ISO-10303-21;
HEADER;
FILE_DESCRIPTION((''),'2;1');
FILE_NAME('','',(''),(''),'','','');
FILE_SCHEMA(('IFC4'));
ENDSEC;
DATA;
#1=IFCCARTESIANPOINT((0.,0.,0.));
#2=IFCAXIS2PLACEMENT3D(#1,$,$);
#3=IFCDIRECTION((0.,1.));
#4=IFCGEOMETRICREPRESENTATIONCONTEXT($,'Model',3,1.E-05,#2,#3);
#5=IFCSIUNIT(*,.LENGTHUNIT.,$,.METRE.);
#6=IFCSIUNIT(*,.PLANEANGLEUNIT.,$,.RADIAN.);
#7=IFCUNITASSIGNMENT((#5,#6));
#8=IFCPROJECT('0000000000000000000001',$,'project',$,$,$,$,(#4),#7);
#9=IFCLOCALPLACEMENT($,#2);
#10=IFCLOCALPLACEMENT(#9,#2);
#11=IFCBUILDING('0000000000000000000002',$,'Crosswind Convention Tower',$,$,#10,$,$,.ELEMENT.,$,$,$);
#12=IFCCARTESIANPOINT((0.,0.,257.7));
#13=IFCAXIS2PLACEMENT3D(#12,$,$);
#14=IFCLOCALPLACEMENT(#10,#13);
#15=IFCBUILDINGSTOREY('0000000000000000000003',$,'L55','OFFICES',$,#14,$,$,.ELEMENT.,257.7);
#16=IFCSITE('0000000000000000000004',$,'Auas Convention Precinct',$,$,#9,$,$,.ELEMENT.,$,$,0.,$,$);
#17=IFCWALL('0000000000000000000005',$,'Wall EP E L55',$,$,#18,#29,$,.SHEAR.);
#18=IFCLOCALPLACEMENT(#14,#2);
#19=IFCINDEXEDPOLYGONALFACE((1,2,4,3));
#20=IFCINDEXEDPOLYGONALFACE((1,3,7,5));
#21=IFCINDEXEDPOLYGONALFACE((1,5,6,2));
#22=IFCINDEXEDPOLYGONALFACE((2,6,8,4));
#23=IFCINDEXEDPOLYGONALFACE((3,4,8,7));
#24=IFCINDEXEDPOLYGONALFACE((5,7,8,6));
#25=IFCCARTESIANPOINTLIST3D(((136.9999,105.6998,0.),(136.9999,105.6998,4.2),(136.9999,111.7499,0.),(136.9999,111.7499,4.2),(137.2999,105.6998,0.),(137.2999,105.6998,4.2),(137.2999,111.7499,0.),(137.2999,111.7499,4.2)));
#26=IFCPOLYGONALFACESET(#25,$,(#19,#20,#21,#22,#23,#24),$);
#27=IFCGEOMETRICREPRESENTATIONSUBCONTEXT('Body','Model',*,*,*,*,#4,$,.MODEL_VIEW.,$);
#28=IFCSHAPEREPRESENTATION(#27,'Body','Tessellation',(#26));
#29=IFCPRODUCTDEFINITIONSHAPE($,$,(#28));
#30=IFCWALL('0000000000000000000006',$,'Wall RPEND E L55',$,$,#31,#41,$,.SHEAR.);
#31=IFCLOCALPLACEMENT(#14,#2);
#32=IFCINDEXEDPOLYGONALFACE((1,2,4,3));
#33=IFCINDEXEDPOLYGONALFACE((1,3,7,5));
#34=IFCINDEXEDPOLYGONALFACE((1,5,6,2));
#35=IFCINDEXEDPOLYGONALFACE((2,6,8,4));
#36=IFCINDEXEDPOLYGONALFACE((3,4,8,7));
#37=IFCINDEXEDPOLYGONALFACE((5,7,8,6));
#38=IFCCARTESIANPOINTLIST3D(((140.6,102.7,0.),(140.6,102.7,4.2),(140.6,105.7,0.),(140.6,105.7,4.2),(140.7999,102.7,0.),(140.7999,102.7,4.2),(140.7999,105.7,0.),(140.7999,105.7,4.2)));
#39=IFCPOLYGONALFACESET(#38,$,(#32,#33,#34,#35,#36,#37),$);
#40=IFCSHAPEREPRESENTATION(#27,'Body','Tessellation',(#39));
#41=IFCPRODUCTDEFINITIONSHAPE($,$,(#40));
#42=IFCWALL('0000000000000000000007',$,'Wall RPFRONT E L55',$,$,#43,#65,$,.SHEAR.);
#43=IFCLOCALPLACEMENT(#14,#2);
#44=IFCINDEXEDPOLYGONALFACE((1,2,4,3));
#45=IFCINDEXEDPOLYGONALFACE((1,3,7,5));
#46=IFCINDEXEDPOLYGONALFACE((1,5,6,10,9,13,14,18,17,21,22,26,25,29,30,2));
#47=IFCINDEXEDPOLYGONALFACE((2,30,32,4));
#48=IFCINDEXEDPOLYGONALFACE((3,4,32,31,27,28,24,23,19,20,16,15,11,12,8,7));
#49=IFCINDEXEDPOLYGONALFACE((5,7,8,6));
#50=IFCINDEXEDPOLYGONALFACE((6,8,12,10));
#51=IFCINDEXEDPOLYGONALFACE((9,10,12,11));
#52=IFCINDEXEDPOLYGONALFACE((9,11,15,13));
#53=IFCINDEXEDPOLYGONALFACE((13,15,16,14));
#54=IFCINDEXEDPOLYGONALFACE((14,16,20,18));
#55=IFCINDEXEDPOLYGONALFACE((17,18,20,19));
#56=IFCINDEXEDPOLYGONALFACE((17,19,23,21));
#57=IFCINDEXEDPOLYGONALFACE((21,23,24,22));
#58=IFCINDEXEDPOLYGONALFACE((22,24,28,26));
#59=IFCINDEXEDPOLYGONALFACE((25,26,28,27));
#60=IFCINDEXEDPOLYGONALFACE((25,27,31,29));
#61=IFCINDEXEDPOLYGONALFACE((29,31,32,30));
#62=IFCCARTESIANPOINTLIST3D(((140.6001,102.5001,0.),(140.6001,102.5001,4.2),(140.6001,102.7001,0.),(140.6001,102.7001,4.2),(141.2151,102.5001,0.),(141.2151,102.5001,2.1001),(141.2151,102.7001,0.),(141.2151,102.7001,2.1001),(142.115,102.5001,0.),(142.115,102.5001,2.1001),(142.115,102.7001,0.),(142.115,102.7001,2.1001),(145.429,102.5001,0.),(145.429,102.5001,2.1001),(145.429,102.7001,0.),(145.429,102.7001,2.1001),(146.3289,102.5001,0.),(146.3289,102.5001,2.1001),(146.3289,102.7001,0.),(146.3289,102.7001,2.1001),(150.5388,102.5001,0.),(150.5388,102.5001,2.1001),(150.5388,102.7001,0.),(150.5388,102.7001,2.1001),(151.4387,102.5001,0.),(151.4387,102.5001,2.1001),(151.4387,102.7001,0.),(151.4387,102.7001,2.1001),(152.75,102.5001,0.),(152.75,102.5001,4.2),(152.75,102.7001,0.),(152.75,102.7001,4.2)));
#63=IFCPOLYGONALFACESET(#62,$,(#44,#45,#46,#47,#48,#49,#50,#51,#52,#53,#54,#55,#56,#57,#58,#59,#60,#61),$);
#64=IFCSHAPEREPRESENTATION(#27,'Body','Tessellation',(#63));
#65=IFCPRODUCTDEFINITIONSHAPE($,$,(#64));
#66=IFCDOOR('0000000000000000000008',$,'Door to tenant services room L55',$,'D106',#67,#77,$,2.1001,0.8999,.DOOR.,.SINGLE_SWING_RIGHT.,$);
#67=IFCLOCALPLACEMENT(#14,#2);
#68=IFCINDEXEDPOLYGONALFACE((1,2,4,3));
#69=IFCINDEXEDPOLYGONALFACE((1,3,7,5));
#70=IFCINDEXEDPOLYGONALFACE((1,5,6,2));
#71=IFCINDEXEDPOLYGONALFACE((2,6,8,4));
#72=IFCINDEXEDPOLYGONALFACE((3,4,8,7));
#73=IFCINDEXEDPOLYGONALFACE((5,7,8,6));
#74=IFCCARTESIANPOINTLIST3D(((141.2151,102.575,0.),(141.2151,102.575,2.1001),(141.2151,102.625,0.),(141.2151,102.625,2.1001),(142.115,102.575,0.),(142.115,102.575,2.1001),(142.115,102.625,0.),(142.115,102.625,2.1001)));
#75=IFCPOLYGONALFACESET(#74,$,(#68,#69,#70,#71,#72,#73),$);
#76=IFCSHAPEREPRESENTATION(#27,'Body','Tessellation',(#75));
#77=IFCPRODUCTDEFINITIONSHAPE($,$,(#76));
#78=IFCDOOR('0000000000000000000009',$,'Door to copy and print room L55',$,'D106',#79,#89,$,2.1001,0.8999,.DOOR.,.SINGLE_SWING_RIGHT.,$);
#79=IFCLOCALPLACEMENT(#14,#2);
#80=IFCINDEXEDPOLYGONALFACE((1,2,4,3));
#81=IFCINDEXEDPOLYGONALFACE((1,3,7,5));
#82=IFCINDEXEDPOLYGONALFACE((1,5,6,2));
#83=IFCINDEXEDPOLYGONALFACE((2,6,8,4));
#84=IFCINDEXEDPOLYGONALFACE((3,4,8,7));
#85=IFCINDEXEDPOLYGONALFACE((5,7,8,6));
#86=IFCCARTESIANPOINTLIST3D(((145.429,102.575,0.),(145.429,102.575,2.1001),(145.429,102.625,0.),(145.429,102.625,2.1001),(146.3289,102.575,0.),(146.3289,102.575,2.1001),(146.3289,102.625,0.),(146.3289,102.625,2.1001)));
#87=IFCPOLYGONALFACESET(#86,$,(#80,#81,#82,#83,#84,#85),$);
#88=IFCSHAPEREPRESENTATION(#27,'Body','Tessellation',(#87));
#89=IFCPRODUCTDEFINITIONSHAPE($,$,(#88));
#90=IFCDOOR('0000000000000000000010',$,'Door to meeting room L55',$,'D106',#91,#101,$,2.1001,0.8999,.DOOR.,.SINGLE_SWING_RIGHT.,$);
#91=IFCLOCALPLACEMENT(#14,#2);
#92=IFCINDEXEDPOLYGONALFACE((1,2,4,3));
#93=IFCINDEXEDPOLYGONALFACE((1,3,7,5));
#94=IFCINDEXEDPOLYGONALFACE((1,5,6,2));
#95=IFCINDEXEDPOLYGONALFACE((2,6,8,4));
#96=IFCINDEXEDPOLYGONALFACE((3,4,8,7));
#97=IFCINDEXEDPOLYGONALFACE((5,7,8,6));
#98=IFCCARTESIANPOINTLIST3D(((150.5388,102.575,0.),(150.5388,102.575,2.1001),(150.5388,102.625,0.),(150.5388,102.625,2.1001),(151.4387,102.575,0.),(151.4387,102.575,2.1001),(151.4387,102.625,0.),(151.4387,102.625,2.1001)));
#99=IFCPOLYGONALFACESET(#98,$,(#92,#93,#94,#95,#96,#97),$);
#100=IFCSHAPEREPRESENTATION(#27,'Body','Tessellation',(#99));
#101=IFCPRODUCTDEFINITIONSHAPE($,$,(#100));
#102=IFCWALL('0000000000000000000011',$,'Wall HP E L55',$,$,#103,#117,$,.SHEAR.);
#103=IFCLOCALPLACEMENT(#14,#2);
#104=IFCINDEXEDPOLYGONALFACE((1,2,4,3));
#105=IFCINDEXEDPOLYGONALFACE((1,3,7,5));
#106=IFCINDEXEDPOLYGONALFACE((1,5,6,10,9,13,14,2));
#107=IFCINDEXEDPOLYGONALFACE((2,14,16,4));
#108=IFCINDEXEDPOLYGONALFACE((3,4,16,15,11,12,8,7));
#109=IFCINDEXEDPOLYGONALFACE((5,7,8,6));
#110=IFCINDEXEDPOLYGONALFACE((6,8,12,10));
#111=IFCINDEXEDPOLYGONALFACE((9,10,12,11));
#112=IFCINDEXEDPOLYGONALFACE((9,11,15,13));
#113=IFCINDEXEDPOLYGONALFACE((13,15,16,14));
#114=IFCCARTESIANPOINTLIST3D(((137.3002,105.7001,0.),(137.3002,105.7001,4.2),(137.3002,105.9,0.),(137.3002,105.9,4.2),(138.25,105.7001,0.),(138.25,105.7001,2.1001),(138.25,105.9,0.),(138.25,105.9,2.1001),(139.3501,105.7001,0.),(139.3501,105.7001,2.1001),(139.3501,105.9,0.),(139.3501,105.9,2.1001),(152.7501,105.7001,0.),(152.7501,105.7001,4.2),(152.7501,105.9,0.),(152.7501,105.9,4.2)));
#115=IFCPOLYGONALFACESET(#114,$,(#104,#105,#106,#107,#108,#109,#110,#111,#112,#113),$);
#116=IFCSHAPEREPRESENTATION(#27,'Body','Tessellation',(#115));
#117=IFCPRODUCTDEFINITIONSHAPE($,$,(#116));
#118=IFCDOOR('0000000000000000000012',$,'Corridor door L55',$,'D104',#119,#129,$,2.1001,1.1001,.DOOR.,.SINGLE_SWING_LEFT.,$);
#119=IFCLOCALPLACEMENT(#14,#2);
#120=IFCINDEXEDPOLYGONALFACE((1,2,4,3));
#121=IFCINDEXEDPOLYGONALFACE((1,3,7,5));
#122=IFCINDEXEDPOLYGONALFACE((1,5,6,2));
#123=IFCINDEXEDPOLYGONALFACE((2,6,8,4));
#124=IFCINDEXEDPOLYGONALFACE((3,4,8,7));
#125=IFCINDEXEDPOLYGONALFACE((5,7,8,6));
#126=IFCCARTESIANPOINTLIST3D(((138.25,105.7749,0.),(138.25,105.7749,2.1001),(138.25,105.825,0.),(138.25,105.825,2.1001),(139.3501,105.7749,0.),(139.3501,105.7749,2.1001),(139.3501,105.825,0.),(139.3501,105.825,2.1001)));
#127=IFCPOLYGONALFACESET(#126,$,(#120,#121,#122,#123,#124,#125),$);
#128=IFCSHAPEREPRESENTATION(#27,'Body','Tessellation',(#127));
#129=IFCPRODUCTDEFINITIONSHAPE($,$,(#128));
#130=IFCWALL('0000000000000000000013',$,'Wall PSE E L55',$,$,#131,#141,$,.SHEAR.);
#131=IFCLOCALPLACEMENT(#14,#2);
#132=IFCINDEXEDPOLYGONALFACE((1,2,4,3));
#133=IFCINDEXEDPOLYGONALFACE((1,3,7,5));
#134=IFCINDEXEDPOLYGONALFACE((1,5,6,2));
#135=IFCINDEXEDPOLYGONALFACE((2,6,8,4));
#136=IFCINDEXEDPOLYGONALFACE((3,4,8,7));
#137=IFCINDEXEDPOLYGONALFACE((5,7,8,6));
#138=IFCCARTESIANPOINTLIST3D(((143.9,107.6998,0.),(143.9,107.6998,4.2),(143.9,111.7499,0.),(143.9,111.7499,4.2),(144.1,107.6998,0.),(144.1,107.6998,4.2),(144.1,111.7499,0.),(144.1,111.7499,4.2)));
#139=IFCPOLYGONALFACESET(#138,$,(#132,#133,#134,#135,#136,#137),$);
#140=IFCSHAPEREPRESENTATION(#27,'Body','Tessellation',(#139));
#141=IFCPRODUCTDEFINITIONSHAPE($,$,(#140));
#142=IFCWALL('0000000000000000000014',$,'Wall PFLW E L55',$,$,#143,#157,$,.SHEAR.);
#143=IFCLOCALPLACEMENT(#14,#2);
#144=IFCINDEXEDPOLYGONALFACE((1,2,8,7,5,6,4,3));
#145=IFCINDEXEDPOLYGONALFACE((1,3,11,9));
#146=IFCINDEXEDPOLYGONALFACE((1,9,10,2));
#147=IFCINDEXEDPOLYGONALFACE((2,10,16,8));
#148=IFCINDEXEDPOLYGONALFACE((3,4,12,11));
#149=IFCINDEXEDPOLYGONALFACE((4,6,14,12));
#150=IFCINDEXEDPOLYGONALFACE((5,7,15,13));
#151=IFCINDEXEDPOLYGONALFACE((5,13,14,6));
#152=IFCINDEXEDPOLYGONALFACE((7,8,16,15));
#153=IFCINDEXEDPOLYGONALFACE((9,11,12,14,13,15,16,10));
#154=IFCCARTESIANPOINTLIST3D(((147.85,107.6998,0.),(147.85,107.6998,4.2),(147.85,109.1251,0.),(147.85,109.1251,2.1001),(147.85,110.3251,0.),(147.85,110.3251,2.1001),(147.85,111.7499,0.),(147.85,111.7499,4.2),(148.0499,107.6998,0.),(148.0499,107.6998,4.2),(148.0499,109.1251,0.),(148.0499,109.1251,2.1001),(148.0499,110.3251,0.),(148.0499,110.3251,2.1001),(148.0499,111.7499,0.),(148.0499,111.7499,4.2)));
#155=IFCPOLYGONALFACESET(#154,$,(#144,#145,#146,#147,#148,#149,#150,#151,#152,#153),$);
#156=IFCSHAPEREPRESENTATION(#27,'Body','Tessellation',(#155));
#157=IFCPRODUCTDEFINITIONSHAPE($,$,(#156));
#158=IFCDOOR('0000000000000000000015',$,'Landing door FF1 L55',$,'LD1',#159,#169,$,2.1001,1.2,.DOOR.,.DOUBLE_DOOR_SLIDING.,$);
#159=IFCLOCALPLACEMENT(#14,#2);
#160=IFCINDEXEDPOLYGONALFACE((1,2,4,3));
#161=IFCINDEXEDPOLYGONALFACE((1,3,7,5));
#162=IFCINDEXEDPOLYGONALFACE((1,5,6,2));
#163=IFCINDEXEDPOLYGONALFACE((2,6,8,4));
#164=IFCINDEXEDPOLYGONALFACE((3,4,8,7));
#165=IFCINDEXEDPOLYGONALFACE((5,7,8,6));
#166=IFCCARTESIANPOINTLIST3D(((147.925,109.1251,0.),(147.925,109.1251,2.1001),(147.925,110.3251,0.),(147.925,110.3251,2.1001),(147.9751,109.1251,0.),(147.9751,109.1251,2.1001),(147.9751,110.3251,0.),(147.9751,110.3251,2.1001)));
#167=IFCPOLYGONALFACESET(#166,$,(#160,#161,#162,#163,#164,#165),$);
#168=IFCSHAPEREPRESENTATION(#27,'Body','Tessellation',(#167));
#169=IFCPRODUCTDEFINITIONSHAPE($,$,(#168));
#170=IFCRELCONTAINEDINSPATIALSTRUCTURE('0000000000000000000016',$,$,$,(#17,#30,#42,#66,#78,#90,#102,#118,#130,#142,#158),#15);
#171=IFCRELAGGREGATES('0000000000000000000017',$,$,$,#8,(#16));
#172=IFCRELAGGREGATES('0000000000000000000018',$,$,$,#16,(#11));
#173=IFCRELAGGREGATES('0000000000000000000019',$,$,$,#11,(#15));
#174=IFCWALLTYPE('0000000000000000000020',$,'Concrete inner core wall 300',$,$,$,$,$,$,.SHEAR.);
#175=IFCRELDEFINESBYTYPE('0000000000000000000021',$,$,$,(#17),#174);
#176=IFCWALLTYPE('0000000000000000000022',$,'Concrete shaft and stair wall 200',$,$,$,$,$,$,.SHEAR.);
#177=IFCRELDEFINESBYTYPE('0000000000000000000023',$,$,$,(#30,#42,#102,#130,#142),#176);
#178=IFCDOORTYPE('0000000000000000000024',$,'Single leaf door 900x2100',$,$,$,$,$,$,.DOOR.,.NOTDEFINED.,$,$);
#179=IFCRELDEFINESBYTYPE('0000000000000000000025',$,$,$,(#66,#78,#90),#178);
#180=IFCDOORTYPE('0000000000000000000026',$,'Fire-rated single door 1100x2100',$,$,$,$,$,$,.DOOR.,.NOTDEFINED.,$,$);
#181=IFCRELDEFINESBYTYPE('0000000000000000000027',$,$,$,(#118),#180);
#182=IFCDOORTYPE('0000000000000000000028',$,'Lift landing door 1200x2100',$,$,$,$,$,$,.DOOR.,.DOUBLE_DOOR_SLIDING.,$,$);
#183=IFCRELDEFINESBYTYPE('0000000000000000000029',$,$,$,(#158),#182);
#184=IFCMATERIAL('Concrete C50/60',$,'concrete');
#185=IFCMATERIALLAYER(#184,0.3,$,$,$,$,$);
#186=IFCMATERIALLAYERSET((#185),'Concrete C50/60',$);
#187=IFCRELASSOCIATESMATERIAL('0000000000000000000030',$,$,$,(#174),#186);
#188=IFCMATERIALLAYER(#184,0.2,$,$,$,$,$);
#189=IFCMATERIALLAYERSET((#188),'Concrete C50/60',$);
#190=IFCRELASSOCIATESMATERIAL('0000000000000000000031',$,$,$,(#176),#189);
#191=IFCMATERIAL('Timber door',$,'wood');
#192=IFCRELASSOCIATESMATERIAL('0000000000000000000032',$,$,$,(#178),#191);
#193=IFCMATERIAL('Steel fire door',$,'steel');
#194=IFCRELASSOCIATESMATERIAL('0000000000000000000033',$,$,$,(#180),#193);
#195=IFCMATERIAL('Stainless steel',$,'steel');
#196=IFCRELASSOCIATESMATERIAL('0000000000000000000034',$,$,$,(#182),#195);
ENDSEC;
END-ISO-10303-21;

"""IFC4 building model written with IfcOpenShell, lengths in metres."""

from ifc_helpers import new_model, si_unit, direction, frame, frame_2d, origin, place, context, subcontext, project, spatial, rectangle, extrude, material, layer, layer_set, type_object, element, fill, save


model = new_model("IFC4")

# Units and contexts
model_context = context("Model", 3, precision=1e-05, world=origin(), true_north=direction((0.0, 1.0)))
body_context = subcontext(model_context, "Body", "Model", "MODEL_VIEW")
ifc_project = project(units=[si_unit("LENGTHUNIT", "METRE"), si_unit("PLANEANGLEUNIT", "RADIAN")], contexts=[model_context])

# Site, building, storey
site_placement = place(None, origin())
site = spatial("IfcSite", under=ifc_project, at=site_placement, Name="Auas Convention Precinct", CompositionType="ELEMENT", RefElevation=0.0)
building_placement = place(site_placement, origin())
building = spatial("IfcBuilding", under=site, at=building_placement, Name="Crosswind Convention Tower", CompositionType="ELEMENT")
storey_placement = place(building_placement, frame((0.0, 0.0, 257.7)))
storey = spatial("IfcBuildingStorey", under=building, at=storey_placement, Name="L55", Description="OFFICES", CompositionType="ELEMENT", Elevation=257.7)

# Walls
ifc_material_1 = material(Name="Concrete C50/60", Category="concrete")
ifc_layer_1 = layer(ifc_material_1, 0.3)
ifc_layer_set_1 = layer_set([ifc_layer_1], Name="Concrete C50/60")
wall_type_1 = type_object("IfcWallType", Name="Concrete inner core wall 300", PredefinedType="SHEAR", material=ifc_layer_set_1)
wall_1_placement = place(storey_placement, frame((137.1499, 105.7, 0.0), z_axis=(0.0, 0.0, 1.0), x_axis=(0.0, 1.0, 0.0)))
element("IfcWall", 1, at=wall_1_placement, inside=storey, type_object=wall_type_1, Name="Wall EP E L55", PredefinedType="SHEAR", context=body_context, shape_type="SweptSolid", body=[
    extrude(rectangle(XDim=6.05, YDim=0.3, at=frame_2d((3.0249, 0.0))), origin(), (0.0, 0.0, 1.0), 4.2),
])
ifc_layer_2 = layer(ifc_material_1, 0.2)
ifc_layer_set_2 = layer_set([ifc_layer_2], Name="Concrete C50/60")
wall_type_2 = type_object("IfcWallType", Name="Concrete shaft and stair wall 200", PredefinedType="SHEAR", material=ifc_layer_set_2)
wall_2_placement = place(storey_placement, frame((140.7, 102.7, 0.0), z_axis=(0.0, 0.0, 1.0), x_axis=(0.0, 1.0, 0.0)))
element("IfcWall", 2, at=wall_2_placement, inside=storey, type_object=wall_type_2, Name="Wall RPEND E L55", PredefinedType="SHEAR", context=body_context, shape_type="SweptSolid", body=[
    extrude(rectangle(XDim=3.0, YDim=0.2, at=frame_2d((1.5, 0.0))), origin(), (0.0, 0.0, 1.0), 4.2),
])

# Wall, openings, doors
wall_3_placement = place(storey_placement, frame((140.6001, 102.6001, 0.0), z_axis=(0.0, 0.0, 1.0), x_axis=(1.0, 0.0, 0.0)))
wall_3 = element("IfcWall", 3, at=wall_3_placement, inside=storey, type_object=wall_type_2, Name="Wall RPFRONT E L55", PredefinedType="SHEAR", context=body_context, shape_type="SweptSolid", body=[
    extrude(rectangle(XDim=12.1499, YDim=0.2, at=frame_2d((6.075, 0.0))), origin(), (0.0, 0.0, 1.0), 4.2),
])
opening_1_placement = place(wall_3_placement, frame((0.615, 0.0, 0.0)))
opening_1 = element("IfcOpeningElement", 4, at=opening_1_placement, cuts=wall_3, PredefinedType="OPENING", context=body_context, shape_type="SweptSolid", body=[
    extrude(rectangle(XDim=0.8999, YDim=2.1001, at=frame_2d((0.45, 1.05))), frame((0.0, 0.1099, 0.0), z_axis=(0.0, -1.0, 0.0), x_axis=(1.0, 0.0, 0.0)), (0.0, 0.0, 1.0), 0.22),
])
opening_2_placement = place(wall_3_placement, frame((4.8289, 0.0, 0.0)))
opening_2 = element("IfcOpeningElement", 5, at=opening_2_placement, cuts=wall_3, PredefinedType="OPENING", context=body_context, shape_type="SweptSolid", body=[
    extrude(rectangle(XDim=0.8999, YDim=2.1001, at=frame_2d((0.45, 1.05))), frame((0.0, 0.1099, 0.0), z_axis=(0.0, -1.0, 0.0), x_axis=(1.0, 0.0, 0.0)), (0.0, 0.0, 1.0), 0.22),
])
opening_3_placement = place(wall_3_placement, frame((9.9387, 0.0, 0.0)))
opening_3 = element("IfcOpeningElement", 6, at=opening_3_placement, cuts=wall_3, PredefinedType="OPENING", context=body_context, shape_type="SweptSolid", body=[
    extrude(rectangle(XDim=0.8999, YDim=2.1001, at=frame_2d((0.45, 1.05))), frame((0.0, 0.1099, 0.0), z_axis=(0.0, -1.0, 0.0), x_axis=(1.0, 0.0, 0.0)), (0.0, 0.0, 1.0), 0.22),
])
ifc_material_2 = material(Name="Timber door", Category="wood")
door_type_1 = type_object("IfcDoorType", Name="Single leaf door 900x2100", OperationType="NOTDEFINED", PredefinedType="DOOR", material=ifc_material_2)
door_1_placement = place(opening_1_placement, origin())
door_1 = element("IfcDoor", 7, at=door_1_placement, inside=storey, type_object=door_type_1, Name="Door to tenant services room L55", ObjectType="D106", OperationType="SINGLE_SWING_RIGHT", OverallHeight=2.1001, OverallWidth=0.8999, PredefinedType="DOOR", context=body_context, shape_type="SweptSolid", body=[
    extrude(rectangle(XDim=0.8999, YDim=2.1001, at=frame_2d((0.45, 1.05))), frame((0.0, 0.0249, 0.0), z_axis=(0.0, -1.0, 0.0), x_axis=(1.0, 0.0, 0.0)), (0.0, 0.0, 1.0), 0.05),
])
fill(opening_1, door_1)
door_2_placement = place(opening_2_placement, origin())
door_2 = element("IfcDoor", 8, at=door_2_placement, inside=storey, type_object=door_type_1, Name="Door to copy and print room L55", ObjectType="D106", OperationType="SINGLE_SWING_RIGHT", OverallHeight=2.1001, OverallWidth=0.8999, PredefinedType="DOOR", context=body_context, shape_type="SweptSolid", body=[
    extrude(rectangle(XDim=0.8999, YDim=2.1001, at=frame_2d((0.45, 1.05))), frame((0.0, 0.0249, 0.0), z_axis=(0.0, -1.0, 0.0), x_axis=(1.0, 0.0, 0.0)), (0.0, 0.0, 1.0), 0.05),
])
fill(opening_2, door_2)
door_3_placement = place(opening_3_placement, origin())
door_3 = element("IfcDoor", 9, at=door_3_placement, inside=storey, type_object=door_type_1, Name="Door to meeting room L55", ObjectType="D106", OperationType="SINGLE_SWING_RIGHT", OverallHeight=2.1001, OverallWidth=0.8999, PredefinedType="DOOR", context=body_context, shape_type="SweptSolid", body=[
    extrude(rectangle(XDim=0.8999, YDim=2.1001, at=frame_2d((0.45, 1.05))), frame((0.0, 0.0249, 0.0), z_axis=(0.0, -1.0, 0.0), x_axis=(1.0, 0.0, 0.0)), (0.0, 0.0, 1.0), 0.05),
])
fill(opening_3, door_3)

# Wall, opening, door
wall_4_placement = place(storey_placement, frame((137.3, 105.8, 0.0), z_axis=(0.0, 0.0, 1.0), x_axis=(1.0, 0.0, 0.0)))
wall_4 = element("IfcWall", 10, at=wall_4_placement, inside=storey, type_object=wall_type_2, Name="Wall HP E L55", PredefinedType="SHEAR", context=body_context, shape_type="SweptSolid", body=[
    extrude(rectangle(XDim=15.45, YDim=0.2, at=frame_2d((7.7251, 0.0))), origin(), (0.0, 0.0, 1.0), 4.2),
])
opening_4_placement = place(wall_4_placement, frame((0.95, 0.0, 0.0)))
opening_4 = element("IfcOpeningElement", 11, at=opening_4_placement, cuts=wall_4, PredefinedType="OPENING", context=body_context, shape_type="SweptSolid", body=[
    extrude(rectangle(XDim=1.1001, YDim=2.1001, at=frame_2d((0.55, 1.05))), frame((0.0, 0.1099, 0.0), z_axis=(0.0, -1.0, 0.0), x_axis=(1.0, 0.0, 0.0)), (0.0, 0.0, 1.0), 0.22),
])
ifc_material_3 = material(Name="Steel fire door", Category="steel")
door_type_2 = type_object("IfcDoorType", Name="Fire-rated single door 1100x2100", OperationType="NOTDEFINED", PredefinedType="DOOR", material=ifc_material_3)
door_4_placement = place(opening_4_placement, origin())
door_4 = element("IfcDoor", 12, at=door_4_placement, inside=storey, type_object=door_type_2, Name="Corridor door L55", ObjectType="D104", OperationType="SINGLE_SWING_LEFT", OverallHeight=2.1001, OverallWidth=1.1001, PredefinedType="DOOR", context=body_context, shape_type="SweptSolid", body=[
    extrude(rectangle(XDim=1.1001, YDim=2.1001, at=frame_2d((0.55, 1.05))), frame((0.0, 0.0249, 0.0), z_axis=(0.0, -1.0, 0.0), x_axis=(1.0, 0.0, 0.0)), (0.0, 0.0, 1.0), 0.05),
])
fill(opening_4, door_4)

# Wall
wall_5_placement = place(storey_placement, frame((144.0, 107.7, 0.0), z_axis=(0.0, 0.0, 1.0), x_axis=(0.0, 1.0, 0.0)))
element("IfcWall", 13, at=wall_5_placement, inside=storey, type_object=wall_type_2, Name="Wall PSE E L55", PredefinedType="SHEAR", context=body_context, shape_type="SweptSolid", body=[
    extrude(rectangle(XDim=4.05, YDim=0.2, at=frame_2d((2.0249, 0.0))), origin(), (0.0, 0.0, 1.0), 4.2),
])

# Wall, opening, door
wall_6_placement = place(storey_placement, frame((147.95, 107.7, 0.0), z_axis=(0.0, 0.0, 1.0), x_axis=(0.0, 1.0, 0.0)))
wall_6 = element("IfcWall", 14, at=wall_6_placement, inside=storey, type_object=wall_type_2, Name="Wall PFLW E L55", PredefinedType="SHEAR", context=body_context, shape_type="SweptSolid", body=[
    extrude(rectangle(XDim=4.05, YDim=0.2, at=frame_2d((2.0249, 0.0))), origin(), (0.0, 0.0, 1.0), 4.2),
])
opening_5_placement = place(wall_6_placement, frame((1.425, 0.0, 0.0)))
opening_5 = element("IfcOpeningElement", 15, at=opening_5_placement, cuts=wall_6, PredefinedType="OPENING", context=body_context, shape_type="SweptSolid", body=[
    extrude(rectangle(XDim=1.2, YDim=2.1001, at=frame_2d((0.6001, 1.05))), frame((0.0, 0.1099, 0.0), z_axis=(0.0, -1.0, 0.0), x_axis=(1.0, 0.0, 0.0)), (0.0, 0.0, 1.0), 0.22),
])
ifc_material_4 = material(Name="Stainless steel", Category="steel")
door_type_3 = type_object("IfcDoorType", Name="Lift landing door 1200x2100", OperationType="DOUBLE_DOOR_SLIDING", PredefinedType="DOOR", material=ifc_material_4)
door_5_placement = place(opening_5_placement, origin())
door_5 = element("IfcDoor", 16, at=door_5_placement, inside=storey, type_object=door_type_3, Name="Landing door FF1 L55", ObjectType="LD1", OperationType="DOUBLE_DOOR_SLIDING", OverallHeight=2.1001, OverallWidth=1.2, PredefinedType="DOOR", context=body_context, shape_type="SweptSolid", body=[
    extrude(rectangle(XDim=1.2, YDim=2.1001, at=frame_2d((0.6001, 1.05))), frame((0.0, 0.0249, 0.0), z_axis=(0.0, -1.0, 0.0), x_axis=(1.0, 0.0, 0.0)), (0.0, 0.0, 1.0), 0.05),
])
fill(opening_5, door_5)

save(model, "model.ifc")
